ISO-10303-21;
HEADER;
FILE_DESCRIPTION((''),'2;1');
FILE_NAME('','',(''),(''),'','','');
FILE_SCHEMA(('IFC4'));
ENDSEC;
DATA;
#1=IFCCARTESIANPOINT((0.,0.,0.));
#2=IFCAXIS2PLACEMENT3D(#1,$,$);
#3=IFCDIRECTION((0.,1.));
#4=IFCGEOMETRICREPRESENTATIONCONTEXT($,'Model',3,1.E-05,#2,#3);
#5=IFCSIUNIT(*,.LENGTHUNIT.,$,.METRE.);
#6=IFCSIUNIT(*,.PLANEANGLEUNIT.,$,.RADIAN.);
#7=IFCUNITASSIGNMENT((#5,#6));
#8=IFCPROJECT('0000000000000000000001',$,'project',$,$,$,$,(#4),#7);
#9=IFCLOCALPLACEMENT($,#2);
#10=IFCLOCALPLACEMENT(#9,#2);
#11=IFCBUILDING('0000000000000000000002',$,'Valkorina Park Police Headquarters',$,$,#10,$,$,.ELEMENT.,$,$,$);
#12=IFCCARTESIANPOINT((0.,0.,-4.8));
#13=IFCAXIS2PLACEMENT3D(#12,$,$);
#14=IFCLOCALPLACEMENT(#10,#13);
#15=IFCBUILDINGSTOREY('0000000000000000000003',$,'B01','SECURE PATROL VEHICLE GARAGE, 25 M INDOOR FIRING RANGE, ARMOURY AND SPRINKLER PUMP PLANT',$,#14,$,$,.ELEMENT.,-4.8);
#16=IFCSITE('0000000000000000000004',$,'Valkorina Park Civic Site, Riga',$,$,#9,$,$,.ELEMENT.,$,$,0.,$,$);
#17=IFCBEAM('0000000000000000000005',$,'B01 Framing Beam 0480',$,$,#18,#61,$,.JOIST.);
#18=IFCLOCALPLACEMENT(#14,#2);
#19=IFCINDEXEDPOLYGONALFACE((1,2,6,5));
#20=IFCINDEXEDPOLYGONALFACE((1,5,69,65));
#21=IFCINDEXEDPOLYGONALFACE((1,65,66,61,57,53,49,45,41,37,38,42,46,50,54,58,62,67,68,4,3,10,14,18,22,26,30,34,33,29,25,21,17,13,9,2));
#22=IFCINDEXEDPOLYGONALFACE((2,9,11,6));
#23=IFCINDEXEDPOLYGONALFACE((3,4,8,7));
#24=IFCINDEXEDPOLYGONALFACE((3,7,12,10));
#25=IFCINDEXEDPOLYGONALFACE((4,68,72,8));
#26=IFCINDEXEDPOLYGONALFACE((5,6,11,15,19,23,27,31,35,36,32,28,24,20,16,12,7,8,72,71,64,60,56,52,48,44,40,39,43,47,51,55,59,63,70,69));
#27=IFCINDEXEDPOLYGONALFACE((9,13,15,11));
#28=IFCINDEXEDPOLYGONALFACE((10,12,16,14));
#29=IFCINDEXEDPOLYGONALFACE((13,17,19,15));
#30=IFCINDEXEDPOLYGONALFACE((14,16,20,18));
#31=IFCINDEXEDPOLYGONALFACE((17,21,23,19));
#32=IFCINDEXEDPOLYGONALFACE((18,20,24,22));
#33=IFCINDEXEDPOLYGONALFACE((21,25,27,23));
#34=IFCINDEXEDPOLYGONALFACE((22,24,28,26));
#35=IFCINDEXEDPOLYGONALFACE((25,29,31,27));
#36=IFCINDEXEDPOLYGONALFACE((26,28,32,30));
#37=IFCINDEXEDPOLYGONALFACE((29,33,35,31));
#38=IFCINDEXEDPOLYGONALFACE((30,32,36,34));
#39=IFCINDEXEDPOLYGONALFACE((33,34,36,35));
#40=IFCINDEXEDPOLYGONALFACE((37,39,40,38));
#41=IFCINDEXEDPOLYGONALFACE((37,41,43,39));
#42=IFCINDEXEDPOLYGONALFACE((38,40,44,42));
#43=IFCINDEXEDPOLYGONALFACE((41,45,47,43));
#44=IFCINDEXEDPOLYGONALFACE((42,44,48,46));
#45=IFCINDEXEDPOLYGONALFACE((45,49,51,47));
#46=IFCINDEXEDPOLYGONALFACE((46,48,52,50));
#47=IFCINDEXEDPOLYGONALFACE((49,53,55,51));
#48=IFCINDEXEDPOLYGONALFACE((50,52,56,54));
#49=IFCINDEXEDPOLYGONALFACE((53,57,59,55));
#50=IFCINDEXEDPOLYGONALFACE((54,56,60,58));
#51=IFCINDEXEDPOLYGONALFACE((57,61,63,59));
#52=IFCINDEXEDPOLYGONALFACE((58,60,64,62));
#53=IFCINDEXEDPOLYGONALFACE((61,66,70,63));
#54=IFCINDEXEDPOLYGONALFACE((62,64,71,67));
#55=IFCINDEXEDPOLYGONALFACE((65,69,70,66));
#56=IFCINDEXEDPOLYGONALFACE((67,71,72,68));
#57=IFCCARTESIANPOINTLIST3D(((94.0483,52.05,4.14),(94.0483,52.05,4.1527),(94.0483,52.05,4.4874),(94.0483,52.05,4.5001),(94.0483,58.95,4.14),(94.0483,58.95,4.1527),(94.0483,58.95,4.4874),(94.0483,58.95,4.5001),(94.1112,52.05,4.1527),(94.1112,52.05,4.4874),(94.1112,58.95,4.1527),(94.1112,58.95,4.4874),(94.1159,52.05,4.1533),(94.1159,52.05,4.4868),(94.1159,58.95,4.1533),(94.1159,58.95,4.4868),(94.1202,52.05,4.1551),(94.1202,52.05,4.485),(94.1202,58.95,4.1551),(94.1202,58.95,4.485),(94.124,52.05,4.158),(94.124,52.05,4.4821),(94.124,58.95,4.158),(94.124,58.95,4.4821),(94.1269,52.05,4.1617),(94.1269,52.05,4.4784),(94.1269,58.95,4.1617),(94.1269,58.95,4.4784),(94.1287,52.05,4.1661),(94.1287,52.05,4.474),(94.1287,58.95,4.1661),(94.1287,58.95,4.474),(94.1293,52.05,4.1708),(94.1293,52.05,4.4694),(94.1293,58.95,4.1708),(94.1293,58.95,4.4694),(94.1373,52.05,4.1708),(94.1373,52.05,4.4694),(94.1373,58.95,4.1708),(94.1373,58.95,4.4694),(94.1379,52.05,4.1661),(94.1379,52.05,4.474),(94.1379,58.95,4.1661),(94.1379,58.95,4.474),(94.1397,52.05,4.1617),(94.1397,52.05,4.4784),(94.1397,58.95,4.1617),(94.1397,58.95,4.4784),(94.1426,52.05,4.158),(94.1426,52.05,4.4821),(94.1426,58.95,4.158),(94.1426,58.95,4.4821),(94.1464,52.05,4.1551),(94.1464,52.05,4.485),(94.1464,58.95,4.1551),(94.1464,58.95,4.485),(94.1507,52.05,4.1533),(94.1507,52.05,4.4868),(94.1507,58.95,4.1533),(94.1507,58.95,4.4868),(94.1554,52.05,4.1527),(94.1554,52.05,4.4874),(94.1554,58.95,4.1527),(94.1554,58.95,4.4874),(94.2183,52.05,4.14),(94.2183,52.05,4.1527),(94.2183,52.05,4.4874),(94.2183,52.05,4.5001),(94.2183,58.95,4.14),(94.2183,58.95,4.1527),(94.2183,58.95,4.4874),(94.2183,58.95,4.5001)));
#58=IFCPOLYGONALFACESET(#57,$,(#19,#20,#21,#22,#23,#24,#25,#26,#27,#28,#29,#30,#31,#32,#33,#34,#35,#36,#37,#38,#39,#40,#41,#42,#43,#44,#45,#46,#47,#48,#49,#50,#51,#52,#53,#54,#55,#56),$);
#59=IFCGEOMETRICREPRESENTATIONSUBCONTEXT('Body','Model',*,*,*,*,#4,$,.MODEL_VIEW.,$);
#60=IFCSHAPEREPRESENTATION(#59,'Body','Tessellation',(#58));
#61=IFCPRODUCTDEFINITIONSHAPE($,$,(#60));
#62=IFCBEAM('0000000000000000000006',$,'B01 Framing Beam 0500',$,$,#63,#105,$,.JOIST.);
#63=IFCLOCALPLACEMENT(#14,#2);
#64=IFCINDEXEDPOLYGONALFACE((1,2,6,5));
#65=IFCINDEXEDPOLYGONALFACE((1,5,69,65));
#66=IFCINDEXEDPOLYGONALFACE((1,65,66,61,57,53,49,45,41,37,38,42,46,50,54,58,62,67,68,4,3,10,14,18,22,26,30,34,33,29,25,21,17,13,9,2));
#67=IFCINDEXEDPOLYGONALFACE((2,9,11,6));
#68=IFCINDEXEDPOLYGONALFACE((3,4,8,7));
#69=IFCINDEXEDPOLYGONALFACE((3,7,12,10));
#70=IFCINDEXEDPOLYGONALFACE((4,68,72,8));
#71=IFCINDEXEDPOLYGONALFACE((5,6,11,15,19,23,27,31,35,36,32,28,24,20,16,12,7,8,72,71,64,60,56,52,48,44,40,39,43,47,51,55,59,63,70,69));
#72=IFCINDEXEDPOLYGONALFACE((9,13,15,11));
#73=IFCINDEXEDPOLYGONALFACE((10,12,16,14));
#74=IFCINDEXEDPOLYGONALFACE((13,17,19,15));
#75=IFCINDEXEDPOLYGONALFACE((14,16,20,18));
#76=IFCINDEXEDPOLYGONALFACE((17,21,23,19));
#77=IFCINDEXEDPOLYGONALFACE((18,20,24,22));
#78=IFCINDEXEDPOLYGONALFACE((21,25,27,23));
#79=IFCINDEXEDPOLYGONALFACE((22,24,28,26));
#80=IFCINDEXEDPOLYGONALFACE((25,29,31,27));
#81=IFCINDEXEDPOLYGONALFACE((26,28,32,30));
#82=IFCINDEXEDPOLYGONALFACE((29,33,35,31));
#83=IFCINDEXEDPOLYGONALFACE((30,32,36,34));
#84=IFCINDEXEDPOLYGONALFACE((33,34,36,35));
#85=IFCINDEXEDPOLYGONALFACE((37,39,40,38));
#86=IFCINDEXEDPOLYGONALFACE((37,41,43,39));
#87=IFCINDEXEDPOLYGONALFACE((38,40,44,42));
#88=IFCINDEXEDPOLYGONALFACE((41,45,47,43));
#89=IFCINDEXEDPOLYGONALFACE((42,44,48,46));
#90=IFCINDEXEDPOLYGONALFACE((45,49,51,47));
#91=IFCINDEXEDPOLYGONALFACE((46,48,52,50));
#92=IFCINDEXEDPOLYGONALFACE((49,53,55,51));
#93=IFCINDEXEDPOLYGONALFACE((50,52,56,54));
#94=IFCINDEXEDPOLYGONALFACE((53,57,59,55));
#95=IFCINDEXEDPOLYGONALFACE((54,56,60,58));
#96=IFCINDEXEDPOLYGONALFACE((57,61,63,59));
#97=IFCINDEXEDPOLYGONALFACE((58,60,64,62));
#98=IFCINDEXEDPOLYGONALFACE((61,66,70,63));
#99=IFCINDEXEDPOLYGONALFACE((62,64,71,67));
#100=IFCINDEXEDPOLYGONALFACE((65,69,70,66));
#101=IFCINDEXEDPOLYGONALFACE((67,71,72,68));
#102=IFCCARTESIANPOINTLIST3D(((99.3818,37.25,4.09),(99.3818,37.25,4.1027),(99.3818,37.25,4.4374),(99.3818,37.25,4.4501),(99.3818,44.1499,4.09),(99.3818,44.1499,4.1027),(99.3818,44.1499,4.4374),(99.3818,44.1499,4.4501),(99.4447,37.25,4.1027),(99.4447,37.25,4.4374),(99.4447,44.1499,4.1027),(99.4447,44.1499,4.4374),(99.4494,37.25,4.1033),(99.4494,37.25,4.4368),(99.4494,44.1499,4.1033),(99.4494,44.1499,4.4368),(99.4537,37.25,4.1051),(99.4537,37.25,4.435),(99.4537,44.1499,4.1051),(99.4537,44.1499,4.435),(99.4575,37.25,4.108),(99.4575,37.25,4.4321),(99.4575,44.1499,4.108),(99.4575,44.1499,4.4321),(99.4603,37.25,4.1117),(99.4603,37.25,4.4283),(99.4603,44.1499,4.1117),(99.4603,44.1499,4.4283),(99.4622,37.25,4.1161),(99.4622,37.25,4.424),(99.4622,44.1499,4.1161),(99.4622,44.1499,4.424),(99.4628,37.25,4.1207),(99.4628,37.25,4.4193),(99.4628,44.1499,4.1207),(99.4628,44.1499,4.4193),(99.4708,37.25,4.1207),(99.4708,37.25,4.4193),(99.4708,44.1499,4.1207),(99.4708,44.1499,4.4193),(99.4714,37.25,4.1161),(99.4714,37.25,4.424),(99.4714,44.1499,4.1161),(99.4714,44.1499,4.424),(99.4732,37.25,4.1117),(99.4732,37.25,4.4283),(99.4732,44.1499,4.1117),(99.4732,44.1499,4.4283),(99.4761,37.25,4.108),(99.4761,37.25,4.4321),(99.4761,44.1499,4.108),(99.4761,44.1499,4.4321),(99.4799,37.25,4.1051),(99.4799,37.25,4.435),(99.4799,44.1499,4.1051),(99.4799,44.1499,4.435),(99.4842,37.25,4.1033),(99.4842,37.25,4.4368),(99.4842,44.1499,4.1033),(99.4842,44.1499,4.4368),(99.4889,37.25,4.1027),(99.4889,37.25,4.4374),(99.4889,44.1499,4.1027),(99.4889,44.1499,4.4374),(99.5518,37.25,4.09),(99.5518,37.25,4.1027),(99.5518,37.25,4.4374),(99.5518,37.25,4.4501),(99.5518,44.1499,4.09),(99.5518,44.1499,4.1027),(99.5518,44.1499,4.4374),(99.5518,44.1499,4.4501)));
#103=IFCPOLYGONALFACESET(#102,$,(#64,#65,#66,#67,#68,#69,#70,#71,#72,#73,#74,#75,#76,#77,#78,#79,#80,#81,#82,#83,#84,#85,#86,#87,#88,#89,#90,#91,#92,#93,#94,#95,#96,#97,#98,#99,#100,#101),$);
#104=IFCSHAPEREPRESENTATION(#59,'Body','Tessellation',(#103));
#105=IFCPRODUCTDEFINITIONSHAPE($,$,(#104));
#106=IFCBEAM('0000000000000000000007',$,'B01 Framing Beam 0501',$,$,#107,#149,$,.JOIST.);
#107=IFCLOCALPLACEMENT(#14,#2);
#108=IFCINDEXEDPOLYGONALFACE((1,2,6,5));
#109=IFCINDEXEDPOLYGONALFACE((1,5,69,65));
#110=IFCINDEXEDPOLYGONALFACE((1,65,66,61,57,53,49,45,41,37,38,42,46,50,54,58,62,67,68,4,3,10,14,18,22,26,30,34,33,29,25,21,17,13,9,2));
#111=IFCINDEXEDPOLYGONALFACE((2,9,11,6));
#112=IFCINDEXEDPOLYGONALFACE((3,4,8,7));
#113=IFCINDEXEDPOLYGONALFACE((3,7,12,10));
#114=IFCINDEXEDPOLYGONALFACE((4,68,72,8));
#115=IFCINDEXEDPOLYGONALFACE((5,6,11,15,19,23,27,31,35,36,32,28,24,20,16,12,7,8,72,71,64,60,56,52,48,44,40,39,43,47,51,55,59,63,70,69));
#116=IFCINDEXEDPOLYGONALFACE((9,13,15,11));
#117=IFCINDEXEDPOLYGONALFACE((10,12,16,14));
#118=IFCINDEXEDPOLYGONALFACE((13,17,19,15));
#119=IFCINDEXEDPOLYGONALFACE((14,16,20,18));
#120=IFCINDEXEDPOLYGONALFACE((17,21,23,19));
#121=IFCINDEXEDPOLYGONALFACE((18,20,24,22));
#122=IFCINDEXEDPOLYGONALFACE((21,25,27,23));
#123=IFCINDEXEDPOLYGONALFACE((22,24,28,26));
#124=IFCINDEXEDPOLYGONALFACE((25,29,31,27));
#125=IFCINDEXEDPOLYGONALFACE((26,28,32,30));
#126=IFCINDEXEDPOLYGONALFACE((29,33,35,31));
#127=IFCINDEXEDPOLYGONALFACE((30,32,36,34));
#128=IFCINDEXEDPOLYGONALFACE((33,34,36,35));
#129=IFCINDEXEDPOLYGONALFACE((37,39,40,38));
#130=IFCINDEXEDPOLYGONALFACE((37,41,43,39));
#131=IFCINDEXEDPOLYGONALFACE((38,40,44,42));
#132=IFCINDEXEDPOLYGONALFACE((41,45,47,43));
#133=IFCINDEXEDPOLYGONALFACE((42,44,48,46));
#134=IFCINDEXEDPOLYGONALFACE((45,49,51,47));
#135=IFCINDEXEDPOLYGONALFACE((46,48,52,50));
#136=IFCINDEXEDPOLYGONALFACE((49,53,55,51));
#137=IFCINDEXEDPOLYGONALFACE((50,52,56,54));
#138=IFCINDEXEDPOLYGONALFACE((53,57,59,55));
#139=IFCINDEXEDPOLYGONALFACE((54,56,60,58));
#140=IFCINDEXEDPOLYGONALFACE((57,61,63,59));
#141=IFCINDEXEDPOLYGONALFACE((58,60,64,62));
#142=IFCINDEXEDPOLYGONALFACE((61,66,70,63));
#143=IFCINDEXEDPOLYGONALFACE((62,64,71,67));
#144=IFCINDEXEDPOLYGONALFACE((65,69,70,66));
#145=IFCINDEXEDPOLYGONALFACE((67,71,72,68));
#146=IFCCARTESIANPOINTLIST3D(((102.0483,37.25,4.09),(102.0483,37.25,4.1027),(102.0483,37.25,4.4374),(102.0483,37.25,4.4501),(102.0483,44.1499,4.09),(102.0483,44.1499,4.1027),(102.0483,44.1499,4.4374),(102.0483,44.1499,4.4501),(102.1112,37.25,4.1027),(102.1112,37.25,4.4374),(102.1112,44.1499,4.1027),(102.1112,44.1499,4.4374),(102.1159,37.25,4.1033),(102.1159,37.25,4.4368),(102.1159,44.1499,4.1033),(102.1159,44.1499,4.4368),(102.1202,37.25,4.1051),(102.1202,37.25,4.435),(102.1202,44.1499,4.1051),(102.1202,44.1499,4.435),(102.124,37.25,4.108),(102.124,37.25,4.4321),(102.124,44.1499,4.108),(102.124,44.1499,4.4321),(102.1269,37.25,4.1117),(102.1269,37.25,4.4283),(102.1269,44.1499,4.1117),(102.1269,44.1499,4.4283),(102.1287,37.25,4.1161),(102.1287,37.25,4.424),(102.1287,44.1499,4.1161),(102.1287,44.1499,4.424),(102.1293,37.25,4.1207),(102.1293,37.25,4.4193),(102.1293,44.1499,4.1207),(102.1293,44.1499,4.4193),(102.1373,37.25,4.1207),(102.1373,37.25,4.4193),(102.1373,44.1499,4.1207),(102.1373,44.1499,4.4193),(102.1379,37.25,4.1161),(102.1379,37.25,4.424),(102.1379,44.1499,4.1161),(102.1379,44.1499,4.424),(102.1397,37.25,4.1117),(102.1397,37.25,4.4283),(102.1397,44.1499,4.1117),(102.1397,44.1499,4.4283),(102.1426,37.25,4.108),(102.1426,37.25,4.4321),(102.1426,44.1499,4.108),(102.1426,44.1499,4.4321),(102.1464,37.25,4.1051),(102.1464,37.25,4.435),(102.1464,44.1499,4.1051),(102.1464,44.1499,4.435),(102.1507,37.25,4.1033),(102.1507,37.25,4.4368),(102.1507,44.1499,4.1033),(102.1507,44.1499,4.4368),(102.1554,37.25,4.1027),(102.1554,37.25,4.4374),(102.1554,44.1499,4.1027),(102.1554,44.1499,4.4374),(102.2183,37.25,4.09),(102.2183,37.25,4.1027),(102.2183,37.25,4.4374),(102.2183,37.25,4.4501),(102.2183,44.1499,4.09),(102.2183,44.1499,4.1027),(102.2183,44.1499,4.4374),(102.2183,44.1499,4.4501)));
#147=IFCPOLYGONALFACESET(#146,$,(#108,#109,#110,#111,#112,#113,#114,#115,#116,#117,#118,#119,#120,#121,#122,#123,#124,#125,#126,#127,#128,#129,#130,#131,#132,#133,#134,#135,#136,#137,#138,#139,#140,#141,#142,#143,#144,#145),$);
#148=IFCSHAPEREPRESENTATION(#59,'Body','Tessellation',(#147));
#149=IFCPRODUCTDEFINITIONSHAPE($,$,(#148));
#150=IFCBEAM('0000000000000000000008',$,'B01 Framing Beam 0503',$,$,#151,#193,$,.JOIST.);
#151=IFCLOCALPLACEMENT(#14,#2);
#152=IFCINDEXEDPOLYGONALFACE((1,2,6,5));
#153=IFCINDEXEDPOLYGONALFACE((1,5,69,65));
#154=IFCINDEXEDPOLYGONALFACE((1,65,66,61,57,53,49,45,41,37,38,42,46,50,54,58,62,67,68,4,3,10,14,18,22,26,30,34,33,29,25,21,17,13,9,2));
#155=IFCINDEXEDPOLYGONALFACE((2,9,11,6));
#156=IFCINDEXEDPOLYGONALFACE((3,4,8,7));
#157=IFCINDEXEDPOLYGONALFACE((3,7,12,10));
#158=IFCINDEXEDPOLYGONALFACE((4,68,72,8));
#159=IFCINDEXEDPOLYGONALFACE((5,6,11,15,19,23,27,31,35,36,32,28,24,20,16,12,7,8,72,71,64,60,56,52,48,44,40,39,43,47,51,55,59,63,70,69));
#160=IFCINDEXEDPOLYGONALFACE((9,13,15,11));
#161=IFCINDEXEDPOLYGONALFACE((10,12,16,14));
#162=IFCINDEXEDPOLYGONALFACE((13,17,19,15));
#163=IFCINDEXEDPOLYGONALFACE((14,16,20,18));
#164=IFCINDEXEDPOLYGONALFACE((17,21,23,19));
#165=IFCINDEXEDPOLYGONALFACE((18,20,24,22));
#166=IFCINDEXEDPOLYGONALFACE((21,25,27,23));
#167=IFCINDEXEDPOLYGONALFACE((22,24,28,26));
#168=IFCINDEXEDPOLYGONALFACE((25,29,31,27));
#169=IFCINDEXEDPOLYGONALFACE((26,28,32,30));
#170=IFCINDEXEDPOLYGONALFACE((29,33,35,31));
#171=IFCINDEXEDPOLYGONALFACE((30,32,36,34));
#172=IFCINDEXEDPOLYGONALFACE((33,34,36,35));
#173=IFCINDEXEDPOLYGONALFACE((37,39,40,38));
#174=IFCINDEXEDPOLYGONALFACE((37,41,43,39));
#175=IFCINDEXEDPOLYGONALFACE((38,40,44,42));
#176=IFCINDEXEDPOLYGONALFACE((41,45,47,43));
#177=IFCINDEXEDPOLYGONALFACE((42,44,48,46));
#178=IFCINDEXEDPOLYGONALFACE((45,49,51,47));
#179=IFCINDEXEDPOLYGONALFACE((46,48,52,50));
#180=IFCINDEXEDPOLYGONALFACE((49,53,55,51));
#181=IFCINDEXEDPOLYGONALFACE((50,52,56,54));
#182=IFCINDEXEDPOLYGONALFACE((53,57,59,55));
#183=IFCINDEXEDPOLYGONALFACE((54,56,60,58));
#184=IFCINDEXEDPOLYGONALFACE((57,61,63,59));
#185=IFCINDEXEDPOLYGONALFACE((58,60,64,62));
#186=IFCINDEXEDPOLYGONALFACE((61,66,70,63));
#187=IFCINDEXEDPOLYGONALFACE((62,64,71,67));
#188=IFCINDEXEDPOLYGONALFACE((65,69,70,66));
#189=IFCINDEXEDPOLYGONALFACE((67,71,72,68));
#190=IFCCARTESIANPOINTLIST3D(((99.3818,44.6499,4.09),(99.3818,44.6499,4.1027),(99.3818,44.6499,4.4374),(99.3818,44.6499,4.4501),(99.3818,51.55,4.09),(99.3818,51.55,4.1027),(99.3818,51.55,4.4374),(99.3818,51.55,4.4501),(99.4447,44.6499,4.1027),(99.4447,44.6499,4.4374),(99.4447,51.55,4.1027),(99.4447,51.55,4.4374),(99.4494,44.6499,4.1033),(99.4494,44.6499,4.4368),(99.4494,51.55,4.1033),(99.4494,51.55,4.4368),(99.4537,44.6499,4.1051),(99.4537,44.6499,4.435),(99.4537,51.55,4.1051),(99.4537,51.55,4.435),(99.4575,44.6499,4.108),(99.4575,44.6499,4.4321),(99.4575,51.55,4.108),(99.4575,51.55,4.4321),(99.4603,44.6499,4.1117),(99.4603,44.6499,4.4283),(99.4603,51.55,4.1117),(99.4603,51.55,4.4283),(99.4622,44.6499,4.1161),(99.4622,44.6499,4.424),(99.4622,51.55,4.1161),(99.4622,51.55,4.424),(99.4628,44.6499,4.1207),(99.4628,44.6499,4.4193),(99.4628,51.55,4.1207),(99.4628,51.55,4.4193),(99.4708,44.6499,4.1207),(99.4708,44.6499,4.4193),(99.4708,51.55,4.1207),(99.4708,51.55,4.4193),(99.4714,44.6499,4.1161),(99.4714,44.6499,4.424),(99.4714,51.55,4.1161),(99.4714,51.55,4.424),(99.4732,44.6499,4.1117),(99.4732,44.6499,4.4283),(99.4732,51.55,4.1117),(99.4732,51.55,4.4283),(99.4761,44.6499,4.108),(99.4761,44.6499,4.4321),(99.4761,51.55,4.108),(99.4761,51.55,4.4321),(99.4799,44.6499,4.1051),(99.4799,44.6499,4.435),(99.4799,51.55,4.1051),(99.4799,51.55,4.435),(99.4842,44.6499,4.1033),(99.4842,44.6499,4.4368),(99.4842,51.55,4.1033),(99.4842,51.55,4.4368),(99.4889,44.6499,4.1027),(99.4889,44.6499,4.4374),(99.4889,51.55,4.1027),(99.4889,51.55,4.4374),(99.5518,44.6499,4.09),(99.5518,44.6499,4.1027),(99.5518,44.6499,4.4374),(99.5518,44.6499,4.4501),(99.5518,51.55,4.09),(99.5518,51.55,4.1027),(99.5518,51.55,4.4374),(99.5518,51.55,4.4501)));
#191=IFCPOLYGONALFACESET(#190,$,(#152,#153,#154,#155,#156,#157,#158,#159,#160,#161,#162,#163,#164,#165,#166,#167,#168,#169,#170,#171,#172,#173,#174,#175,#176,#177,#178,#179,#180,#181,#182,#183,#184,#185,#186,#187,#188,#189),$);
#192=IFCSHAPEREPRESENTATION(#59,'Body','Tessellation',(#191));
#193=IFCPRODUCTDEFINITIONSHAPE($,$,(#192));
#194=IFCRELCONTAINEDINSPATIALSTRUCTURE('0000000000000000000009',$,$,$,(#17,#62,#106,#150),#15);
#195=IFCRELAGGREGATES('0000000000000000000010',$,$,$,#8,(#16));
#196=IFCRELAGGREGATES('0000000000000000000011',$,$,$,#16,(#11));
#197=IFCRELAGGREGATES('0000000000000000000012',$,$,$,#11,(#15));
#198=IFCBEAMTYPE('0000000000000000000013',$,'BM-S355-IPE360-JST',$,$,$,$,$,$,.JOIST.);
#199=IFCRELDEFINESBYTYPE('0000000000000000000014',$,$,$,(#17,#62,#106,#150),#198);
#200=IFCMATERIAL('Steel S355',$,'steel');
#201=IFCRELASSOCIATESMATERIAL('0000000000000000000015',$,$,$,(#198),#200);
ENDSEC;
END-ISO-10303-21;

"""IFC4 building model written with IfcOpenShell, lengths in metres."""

from ifc_helpers import new_model, si_unit, direction, frame, origin, origin_2d, place, context, subcontext, project, spatial, i_section, extrude, material, material_profile, profile_set, type_object, element, save


model = new_model("IFC4")

# Units and contexts
model_context = context("Model", 3, precision=1e-05, world=origin(), true_north=direction((0.0, 1.0)))
body_context = subcontext(model_context, "Body", "Model", "MODEL_VIEW")
ifc_project = project(units=[si_unit("LENGTHUNIT", "METRE"), si_unit("PLANEANGLEUNIT", "RADIAN")], contexts=[model_context])

# Site, building, storey
site_placement = place(None, origin())
site = spatial("IfcSite", under=ifc_project, at=site_placement, Name="Valkorina Park Civic Site, Riga", CompositionType="ELEMENT", RefElevation=0.0)
building_placement = place(site_placement, origin())
building = spatial("IfcBuilding", under=site, at=building_placement, Name="Valkorina Park Police Headquarters", CompositionType="ELEMENT")
storey_placement = place(building_placement, frame((0.0, 0.0, -4.8)))
storey = spatial("IfcBuildingStorey", under=building, at=storey_placement, Name="B01", Description="SECURE PATROL VEHICLE GARAGE, 25 M INDOOR FIRING RANGE, ARMOURY AND SPRINKLER PUMP PLANT", CompositionType="ELEMENT", Elevation=-4.8)

# Beams
ifc_material_1 = material(Name="Steel S355", Category="steel")
ifc_material_profile_1 = material_profile(ifc_material_1, i_section(OverallWidth=0.1699, OverallDepth=0.3601, WebThickness=0.0081, FlangeThickness=0.0127, FilletRadius=0.0181, at=origin_2d()), Name="IPE 360")
ifc_profile_set_1 = profile_set([ifc_material_profile_1], Name="Steel S355")
beam_type_1 = type_object("IfcBeamType", Name="BM-S355-IPE360-JST", PredefinedType="JOIST", material=ifc_profile_set_1)
for number, where, z_axis, x_axis, name in (
    (1, (94.1333, 52.05, 4.3201), (0.0, 1.0, 0.0), (-1.0, 0.0, 0.0), "B01 Framing Beam 0480"),
    (2, (99.4668, 37.25, 4.27), (0.0, 1.0, 0.0), (-1.0, 0.0, 0.0), "B01 Framing Beam 0500"),
    (3, (102.1333, 37.25, 4.27), (0.0, 1.0, 0.0), (-1.0, 0.0, 0.0), "B01 Framing Beam 0501"),
):
    element("IfcBeam", number, at=place(storey_placement, frame(where, z_axis=z_axis, x_axis=x_axis)), inside=storey, type_object=beam_type_1, Name=name, PredefinedType="JOIST", context=body_context, shape_type="SweptSolid", body=[
        extrude(i_section(OverallWidth=0.1699, OverallDepth=0.3601, WebThickness=0.0081, FlangeThickness=0.0127, FilletRadius=0.0181, at=origin_2d()), origin(), (0.0, 0.0, 1.0), 6.8999),
    ])
for number, where, z_axis, x_axis, name in (
    (4, (99.4668, 44.6499, 4.27), (0.0, 1.0, 0.0), (-1.0, 0.0, 0.0), "B01 Framing Beam 0503"),
):
    element("IfcBeam", number, at=place(storey_placement, frame(where, z_axis=z_axis, x_axis=x_axis)), inside=storey, type_object=beam_type_1, Name=name, PredefinedType="JOIST", context=body_context, shape_type="SweptSolid", body=[
        extrude(i_section(OverallWidth=0.1699, OverallDepth=0.3601, WebThickness=0.0081, FlangeThickness=0.0127, FilletRadius=0.0181, at=origin_2d()), origin(), (0.0, 0.0, 1.0), 6.9001),
    ])

save(model, "model.ifc")
